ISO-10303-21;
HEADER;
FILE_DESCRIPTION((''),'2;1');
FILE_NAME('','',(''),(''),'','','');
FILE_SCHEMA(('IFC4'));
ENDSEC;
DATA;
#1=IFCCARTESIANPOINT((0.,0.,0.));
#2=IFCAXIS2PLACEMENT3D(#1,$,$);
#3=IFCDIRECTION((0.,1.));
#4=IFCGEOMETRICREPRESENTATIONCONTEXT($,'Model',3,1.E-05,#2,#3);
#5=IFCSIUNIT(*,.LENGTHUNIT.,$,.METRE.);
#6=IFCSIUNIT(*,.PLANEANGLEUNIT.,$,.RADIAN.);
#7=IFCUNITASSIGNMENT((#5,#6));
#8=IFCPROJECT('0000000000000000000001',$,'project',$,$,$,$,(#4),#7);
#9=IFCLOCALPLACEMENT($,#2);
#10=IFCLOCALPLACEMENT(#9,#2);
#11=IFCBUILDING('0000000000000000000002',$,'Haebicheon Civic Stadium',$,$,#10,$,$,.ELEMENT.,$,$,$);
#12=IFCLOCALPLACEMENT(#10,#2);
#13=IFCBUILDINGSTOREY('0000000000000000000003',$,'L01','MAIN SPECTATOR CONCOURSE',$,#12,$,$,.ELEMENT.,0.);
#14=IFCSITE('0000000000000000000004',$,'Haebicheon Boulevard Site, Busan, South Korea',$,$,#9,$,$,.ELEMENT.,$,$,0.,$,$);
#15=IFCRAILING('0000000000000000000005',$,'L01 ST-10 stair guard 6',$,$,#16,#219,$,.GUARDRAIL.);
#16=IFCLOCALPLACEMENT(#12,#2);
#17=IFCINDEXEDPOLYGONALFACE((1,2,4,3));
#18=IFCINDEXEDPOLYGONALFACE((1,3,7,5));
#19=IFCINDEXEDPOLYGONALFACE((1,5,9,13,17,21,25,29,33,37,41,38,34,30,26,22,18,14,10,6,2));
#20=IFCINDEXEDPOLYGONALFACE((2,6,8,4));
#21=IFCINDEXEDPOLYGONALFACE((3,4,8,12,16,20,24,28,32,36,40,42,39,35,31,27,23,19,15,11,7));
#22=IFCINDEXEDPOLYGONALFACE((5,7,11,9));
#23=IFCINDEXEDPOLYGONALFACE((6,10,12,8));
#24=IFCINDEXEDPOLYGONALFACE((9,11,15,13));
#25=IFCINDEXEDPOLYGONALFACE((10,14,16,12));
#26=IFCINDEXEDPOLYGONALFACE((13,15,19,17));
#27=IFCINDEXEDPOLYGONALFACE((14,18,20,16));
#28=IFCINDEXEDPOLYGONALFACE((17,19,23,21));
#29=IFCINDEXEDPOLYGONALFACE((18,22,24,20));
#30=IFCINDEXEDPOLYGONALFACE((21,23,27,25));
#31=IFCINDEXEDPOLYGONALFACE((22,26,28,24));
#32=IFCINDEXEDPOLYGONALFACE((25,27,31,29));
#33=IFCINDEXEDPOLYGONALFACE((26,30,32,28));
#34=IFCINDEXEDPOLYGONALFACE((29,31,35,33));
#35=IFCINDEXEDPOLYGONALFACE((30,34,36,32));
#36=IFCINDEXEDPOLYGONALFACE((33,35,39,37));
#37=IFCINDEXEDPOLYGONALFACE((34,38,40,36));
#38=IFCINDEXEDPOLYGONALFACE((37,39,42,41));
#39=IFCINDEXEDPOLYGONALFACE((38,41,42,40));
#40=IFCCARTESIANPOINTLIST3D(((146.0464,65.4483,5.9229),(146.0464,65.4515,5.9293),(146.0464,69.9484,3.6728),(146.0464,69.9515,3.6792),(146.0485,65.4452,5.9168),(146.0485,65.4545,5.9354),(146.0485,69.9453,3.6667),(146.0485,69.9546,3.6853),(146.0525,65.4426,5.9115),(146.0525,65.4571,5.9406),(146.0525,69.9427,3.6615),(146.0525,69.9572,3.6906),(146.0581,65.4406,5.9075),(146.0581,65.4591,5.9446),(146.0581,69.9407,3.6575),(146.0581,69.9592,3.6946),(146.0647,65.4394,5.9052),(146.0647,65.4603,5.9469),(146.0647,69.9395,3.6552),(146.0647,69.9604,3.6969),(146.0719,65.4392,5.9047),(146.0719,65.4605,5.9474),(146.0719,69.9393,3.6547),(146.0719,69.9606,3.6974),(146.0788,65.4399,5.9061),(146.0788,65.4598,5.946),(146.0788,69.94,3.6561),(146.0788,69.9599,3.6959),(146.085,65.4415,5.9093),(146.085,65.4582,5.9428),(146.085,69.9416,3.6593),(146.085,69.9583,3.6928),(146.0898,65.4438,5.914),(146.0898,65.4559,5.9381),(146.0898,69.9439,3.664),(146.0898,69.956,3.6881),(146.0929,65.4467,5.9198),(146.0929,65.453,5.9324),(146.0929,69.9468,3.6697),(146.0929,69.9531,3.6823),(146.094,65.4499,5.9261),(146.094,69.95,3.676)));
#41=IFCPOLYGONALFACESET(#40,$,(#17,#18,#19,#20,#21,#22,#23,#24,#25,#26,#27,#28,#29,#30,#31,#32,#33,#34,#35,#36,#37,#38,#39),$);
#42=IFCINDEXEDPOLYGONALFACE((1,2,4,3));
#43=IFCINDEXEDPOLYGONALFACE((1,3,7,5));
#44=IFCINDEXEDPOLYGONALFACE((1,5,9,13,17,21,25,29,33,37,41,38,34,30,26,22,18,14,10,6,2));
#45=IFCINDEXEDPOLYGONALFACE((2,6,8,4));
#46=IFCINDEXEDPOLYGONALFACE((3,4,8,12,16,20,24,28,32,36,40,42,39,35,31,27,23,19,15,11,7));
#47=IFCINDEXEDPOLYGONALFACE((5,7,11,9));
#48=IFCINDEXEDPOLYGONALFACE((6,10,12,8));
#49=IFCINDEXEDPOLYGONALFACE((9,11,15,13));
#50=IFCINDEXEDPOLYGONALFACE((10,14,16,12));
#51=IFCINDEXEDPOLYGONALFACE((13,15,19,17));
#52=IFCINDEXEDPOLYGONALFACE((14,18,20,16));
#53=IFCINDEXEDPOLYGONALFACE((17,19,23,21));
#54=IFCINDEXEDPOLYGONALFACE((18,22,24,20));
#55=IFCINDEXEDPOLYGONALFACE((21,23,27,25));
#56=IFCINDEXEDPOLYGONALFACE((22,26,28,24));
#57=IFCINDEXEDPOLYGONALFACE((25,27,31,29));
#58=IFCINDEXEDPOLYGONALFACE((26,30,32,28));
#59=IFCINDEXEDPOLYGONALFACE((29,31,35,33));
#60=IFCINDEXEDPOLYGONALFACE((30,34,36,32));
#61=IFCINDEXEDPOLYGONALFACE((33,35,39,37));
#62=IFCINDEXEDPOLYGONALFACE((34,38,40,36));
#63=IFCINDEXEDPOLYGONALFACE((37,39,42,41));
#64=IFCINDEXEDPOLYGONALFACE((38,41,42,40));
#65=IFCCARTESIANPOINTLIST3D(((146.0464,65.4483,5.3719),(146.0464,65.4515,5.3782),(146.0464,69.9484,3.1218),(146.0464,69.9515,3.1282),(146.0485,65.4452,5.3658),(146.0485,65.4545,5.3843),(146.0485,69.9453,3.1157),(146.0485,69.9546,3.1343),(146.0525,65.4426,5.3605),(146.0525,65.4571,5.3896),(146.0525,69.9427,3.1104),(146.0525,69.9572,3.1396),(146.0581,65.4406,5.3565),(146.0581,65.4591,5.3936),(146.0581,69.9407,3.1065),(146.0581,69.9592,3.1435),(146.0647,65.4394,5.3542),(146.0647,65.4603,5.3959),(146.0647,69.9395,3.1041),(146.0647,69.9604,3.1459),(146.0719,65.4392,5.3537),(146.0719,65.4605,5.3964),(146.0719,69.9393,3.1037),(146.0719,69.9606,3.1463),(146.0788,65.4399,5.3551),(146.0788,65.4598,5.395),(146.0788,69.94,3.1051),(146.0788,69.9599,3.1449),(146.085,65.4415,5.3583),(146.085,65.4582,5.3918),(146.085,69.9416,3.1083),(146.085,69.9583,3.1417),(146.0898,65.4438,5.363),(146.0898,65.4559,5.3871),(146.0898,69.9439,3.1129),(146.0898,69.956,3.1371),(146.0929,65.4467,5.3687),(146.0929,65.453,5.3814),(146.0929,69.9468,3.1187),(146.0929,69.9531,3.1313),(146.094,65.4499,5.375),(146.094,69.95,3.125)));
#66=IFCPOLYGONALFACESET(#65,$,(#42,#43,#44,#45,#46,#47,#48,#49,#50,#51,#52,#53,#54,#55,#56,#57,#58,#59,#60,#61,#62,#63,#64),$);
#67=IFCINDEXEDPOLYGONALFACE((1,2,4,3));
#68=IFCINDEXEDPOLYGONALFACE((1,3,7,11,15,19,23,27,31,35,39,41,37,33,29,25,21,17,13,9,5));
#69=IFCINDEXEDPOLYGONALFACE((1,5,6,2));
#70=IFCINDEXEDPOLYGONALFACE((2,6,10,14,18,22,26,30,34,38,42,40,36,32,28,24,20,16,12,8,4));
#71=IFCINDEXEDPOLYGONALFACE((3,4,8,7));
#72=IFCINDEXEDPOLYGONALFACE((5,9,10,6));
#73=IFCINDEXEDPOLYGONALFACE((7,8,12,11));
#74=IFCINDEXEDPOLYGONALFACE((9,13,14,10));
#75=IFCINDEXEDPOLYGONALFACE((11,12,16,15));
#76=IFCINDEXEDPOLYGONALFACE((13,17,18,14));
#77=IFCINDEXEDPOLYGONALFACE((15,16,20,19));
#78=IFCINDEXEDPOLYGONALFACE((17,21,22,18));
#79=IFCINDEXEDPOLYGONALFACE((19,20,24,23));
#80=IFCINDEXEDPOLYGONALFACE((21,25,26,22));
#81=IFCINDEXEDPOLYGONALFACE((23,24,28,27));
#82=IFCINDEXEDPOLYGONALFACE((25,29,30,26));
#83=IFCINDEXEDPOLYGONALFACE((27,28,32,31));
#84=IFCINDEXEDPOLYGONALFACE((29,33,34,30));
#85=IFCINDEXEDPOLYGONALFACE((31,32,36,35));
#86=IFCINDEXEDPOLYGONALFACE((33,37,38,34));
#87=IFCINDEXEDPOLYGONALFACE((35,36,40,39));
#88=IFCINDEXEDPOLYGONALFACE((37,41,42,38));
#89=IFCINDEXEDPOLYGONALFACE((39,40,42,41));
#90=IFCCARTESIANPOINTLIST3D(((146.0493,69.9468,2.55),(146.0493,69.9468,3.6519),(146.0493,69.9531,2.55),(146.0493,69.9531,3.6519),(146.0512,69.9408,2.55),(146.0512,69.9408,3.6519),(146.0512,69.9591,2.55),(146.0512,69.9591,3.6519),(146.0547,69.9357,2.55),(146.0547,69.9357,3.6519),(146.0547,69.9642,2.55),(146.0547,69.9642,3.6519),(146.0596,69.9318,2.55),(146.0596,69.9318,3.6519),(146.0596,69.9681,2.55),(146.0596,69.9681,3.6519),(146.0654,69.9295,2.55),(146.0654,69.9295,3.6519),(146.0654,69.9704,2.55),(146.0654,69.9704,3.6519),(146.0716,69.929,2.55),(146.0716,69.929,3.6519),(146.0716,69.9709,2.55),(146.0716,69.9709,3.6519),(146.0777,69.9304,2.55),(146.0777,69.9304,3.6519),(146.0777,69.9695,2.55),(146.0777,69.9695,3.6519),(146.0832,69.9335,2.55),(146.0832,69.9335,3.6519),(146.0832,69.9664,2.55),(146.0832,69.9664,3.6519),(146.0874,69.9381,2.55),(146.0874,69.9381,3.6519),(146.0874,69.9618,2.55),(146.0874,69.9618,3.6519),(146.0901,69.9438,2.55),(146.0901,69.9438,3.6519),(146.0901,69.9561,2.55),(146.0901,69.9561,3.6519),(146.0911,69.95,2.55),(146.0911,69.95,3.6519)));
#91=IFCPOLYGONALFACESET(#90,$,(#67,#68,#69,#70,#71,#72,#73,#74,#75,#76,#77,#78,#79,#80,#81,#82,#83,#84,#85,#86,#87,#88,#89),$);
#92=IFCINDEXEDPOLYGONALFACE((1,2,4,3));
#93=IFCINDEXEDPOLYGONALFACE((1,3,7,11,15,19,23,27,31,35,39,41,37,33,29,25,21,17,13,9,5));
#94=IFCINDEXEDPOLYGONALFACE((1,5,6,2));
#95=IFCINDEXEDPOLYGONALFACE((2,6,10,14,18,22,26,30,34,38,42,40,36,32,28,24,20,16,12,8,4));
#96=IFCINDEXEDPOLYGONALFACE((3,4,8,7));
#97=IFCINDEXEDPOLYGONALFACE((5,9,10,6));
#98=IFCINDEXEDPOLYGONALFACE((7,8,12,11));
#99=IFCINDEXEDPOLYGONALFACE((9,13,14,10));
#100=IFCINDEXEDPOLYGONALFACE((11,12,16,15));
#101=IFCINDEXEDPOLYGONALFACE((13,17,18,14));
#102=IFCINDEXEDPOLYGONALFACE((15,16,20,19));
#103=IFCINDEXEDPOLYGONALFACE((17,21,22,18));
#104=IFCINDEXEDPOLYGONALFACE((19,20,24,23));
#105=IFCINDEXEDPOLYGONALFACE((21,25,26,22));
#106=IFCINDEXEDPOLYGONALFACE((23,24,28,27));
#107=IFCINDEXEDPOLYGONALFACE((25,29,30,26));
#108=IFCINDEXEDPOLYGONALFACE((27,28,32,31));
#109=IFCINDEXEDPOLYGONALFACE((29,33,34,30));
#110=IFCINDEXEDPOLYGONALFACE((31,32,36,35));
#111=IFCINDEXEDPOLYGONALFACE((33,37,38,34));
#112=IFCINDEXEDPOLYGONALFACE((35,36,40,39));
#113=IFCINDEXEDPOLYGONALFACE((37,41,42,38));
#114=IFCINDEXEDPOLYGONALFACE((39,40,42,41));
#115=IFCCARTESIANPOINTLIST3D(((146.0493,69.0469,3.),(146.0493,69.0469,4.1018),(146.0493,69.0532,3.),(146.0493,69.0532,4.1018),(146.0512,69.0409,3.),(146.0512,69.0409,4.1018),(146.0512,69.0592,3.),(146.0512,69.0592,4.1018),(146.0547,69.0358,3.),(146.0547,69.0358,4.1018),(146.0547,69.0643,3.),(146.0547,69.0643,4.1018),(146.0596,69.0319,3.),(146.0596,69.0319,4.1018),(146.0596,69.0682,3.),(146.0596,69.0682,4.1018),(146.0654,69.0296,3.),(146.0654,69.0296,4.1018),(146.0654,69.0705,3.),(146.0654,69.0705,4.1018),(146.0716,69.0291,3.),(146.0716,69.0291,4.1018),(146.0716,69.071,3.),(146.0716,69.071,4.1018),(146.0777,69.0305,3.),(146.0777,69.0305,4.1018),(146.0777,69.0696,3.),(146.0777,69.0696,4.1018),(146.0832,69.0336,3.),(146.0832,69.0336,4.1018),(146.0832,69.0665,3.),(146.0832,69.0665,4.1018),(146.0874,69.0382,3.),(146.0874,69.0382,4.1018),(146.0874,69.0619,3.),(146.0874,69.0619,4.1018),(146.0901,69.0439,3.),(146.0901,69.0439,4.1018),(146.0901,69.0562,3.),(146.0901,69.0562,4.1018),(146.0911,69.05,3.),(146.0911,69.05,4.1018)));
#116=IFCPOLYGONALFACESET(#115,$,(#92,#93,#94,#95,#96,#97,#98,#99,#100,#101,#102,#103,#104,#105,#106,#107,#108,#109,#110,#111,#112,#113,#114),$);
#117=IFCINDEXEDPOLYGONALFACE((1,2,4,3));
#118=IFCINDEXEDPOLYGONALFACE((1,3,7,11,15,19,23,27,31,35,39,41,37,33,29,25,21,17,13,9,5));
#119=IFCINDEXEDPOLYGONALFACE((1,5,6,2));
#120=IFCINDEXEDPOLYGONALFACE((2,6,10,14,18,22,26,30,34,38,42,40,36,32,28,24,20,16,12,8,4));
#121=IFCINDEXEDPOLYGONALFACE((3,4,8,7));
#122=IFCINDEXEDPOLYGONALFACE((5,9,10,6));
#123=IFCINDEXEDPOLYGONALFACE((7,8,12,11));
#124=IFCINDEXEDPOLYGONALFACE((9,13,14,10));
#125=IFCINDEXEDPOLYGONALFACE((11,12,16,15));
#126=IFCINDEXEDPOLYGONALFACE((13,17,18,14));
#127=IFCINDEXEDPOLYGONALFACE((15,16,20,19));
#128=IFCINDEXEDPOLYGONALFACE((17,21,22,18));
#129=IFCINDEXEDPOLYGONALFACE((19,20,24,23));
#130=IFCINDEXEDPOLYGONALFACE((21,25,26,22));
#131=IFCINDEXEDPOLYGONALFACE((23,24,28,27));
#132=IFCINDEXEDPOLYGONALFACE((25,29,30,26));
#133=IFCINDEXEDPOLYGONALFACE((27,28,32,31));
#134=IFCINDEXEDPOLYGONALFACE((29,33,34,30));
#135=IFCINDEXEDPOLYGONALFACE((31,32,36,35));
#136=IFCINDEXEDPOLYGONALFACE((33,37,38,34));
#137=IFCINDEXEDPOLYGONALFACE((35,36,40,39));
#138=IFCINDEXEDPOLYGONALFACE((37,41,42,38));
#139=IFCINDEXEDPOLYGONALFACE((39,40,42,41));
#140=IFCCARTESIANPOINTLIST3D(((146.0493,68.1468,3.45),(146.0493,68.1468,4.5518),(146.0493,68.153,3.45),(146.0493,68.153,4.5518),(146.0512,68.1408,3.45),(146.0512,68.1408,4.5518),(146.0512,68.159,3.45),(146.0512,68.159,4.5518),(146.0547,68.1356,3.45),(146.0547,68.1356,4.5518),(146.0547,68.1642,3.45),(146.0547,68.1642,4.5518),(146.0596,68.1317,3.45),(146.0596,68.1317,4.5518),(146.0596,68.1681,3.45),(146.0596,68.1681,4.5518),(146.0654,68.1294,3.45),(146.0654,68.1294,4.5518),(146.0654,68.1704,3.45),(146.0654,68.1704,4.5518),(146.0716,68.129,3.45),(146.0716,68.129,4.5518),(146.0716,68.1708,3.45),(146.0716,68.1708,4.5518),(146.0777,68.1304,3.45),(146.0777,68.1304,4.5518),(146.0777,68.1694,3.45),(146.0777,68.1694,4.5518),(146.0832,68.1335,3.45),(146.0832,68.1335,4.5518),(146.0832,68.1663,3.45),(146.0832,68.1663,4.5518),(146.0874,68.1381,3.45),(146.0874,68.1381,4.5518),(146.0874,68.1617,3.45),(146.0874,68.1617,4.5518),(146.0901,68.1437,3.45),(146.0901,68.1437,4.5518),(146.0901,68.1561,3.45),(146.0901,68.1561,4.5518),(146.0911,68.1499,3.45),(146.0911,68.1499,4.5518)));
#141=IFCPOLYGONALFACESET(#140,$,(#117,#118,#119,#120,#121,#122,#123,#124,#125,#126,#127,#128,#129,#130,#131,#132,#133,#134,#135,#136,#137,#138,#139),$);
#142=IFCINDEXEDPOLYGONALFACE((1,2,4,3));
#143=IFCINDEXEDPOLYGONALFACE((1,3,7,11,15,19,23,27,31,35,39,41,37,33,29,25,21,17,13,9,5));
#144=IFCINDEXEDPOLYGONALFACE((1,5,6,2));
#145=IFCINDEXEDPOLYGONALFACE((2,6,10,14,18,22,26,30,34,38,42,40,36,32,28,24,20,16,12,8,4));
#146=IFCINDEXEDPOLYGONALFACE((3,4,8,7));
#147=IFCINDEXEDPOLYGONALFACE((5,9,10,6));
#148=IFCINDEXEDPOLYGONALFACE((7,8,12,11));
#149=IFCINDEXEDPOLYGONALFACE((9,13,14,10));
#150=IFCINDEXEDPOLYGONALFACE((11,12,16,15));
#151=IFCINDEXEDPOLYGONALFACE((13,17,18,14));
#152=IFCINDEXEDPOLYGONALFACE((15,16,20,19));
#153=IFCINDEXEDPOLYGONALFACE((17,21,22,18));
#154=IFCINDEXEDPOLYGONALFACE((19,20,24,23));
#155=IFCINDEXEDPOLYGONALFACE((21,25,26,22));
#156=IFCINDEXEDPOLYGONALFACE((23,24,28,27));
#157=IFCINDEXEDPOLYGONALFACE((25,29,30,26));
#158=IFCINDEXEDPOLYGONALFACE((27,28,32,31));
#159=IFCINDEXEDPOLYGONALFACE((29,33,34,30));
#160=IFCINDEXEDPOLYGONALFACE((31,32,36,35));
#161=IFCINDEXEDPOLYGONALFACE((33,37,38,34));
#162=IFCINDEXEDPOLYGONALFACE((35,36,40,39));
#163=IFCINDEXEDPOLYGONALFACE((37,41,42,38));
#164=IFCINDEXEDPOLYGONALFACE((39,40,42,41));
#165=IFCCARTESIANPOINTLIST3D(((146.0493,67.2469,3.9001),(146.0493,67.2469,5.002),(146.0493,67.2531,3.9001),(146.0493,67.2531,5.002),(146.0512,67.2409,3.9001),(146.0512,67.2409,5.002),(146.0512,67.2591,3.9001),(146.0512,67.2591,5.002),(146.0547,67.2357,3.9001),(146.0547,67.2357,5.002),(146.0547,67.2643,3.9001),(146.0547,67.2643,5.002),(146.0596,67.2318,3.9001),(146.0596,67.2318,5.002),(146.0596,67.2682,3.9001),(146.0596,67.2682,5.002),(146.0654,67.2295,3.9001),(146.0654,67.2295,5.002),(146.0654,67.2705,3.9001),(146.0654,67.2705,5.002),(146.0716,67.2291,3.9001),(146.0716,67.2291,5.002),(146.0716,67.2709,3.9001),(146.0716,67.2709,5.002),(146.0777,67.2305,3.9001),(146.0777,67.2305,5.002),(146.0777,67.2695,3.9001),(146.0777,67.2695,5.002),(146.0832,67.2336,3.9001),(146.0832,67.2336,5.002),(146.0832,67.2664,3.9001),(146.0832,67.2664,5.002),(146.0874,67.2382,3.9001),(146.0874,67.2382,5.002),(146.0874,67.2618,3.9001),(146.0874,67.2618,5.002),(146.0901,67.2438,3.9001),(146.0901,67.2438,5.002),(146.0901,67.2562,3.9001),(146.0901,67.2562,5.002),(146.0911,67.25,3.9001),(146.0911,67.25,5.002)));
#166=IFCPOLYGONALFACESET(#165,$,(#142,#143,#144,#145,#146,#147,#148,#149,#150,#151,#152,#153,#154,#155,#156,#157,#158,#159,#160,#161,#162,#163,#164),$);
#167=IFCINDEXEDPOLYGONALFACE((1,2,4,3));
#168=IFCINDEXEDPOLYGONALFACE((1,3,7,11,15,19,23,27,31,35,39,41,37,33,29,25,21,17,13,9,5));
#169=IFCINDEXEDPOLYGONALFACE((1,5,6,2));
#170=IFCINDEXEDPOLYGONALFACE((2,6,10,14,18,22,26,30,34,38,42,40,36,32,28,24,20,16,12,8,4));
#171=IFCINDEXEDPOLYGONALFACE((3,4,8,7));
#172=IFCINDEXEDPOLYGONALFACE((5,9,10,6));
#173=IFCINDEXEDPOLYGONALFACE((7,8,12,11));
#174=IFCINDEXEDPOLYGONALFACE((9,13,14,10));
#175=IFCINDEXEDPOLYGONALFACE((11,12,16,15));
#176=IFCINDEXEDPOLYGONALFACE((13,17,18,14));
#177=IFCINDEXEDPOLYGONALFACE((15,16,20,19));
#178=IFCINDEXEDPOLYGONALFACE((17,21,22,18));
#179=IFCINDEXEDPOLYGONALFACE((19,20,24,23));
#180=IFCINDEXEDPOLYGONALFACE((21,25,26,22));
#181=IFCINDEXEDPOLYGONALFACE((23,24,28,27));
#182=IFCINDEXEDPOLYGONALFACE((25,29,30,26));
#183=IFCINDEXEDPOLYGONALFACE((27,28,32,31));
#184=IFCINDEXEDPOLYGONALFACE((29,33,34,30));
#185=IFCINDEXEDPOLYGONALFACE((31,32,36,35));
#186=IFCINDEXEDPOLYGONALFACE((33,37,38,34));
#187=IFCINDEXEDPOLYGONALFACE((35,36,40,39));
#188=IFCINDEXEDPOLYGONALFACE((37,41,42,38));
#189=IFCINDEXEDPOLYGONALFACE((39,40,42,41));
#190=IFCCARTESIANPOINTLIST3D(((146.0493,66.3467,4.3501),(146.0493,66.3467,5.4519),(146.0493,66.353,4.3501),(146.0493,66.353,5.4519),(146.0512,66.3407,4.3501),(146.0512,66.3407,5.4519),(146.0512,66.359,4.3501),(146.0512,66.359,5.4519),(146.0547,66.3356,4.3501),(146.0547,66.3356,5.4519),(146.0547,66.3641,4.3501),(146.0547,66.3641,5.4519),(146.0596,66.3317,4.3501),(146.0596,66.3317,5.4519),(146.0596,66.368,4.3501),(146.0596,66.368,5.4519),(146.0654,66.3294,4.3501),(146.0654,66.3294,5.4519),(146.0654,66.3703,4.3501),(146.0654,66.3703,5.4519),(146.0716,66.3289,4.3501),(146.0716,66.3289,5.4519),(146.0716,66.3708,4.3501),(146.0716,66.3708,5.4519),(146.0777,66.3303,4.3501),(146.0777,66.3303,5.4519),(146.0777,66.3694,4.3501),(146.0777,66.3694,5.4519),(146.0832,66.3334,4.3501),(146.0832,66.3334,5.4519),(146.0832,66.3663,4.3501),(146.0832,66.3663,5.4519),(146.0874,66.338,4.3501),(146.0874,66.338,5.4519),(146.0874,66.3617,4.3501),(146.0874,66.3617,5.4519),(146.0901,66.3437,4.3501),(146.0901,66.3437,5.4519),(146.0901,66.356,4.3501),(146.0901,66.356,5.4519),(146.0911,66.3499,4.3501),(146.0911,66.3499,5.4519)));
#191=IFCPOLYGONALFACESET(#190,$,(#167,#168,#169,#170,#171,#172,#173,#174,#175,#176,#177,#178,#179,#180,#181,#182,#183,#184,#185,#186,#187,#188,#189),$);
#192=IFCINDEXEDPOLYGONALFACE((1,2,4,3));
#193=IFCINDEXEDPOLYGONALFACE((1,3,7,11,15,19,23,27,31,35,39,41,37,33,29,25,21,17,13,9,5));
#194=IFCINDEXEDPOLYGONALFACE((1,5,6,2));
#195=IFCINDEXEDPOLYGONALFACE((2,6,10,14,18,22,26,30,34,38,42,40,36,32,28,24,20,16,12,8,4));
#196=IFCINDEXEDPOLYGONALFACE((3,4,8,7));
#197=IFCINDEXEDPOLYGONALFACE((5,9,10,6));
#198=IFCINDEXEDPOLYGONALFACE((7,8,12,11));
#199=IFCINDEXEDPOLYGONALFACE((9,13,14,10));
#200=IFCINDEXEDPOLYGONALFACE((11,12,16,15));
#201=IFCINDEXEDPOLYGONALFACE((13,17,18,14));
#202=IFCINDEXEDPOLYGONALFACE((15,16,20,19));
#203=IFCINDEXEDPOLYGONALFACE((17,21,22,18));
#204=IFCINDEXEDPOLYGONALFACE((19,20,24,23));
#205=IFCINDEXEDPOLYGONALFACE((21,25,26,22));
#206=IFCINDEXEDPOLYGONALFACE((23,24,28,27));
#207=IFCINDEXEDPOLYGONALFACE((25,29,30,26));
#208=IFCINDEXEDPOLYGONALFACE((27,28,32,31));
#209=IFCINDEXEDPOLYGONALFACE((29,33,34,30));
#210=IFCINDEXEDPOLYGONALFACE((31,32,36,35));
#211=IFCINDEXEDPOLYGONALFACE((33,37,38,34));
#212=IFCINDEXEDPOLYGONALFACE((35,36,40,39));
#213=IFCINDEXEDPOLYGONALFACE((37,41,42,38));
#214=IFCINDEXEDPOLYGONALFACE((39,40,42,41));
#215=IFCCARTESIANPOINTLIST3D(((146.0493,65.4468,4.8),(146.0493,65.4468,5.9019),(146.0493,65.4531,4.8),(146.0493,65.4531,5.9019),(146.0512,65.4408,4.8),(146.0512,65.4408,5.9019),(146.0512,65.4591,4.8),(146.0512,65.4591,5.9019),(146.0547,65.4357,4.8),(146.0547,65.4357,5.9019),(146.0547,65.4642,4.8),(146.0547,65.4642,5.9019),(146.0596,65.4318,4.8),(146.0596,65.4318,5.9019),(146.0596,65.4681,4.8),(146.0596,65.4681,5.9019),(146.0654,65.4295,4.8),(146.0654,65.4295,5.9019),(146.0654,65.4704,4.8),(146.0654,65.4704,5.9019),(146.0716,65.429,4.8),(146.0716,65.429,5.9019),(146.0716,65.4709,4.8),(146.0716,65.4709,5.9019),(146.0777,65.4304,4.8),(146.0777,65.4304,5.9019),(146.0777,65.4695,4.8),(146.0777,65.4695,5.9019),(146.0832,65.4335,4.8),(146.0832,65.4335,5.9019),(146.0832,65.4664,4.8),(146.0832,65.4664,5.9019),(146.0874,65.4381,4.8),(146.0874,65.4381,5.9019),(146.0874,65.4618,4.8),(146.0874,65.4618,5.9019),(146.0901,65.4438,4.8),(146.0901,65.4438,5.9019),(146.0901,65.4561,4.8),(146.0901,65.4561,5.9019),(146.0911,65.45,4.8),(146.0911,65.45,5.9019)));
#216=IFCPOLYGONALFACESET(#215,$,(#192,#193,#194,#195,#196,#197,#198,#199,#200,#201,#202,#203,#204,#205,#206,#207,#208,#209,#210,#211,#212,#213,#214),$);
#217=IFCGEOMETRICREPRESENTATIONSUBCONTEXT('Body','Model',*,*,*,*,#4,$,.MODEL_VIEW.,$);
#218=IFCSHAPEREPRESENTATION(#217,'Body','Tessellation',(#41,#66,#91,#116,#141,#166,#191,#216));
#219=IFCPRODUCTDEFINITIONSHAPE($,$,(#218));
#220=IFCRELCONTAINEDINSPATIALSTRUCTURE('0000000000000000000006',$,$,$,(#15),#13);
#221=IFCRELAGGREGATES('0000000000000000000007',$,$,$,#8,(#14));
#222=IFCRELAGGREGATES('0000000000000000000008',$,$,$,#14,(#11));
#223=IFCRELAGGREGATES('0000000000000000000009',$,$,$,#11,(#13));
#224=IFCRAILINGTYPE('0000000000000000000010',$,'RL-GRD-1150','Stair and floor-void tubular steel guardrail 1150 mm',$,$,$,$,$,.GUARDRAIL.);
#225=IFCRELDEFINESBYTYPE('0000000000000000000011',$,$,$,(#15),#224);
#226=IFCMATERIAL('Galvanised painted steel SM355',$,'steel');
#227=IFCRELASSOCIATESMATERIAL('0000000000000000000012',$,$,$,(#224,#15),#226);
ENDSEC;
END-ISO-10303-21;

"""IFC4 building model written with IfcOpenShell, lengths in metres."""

from ifc_helpers import new_model, si_unit, direction, frame, origin, origin_2d, place, context, subcontext, project, spatial, circle, extrude, material, type_object, element, save


model = new_model("IFC4")

# Units and contexts
model_context = context("Model", 3, precision=1e-05, world=origin(), true_north=direction((0.0, 1.0)))
body_context = subcontext(model_context, "Body", "Model", "MODEL_VIEW")
ifc_project = project(units=[si_unit("LENGTHUNIT", "METRE"), si_unit("PLANEANGLEUNIT", "RADIAN")], contexts=[model_context])

# Site, building, storey
site_placement = place(None, origin())
site = spatial("IfcSite", under=ifc_project, at=site_placement, Name="Haebicheon Boulevard Site, Busan, South Korea", CompositionType="ELEMENT", RefElevation=0.0)
building_placement = place(site_placement, origin())
building = spatial("IfcBuilding", under=site, at=building_placement, Name="Haebicheon Civic Stadium", CompositionType="ELEMENT")
storey_placement = place(building_placement, origin())
storey = spatial("IfcBuildingStorey", under=building, at=storey_placement, Name="L01", Description="MAIN SPECTATOR CONCOURSE", CompositionType="ELEMENT", Elevation=0.0)

# Railing
ifc_material_1 = material(Name="Galvanised painted steel SM355", Category="steel")
railing_type_1 = type_object("IfcRailingType", Name="RL-GRD-1150", Description="Stair and floor-void tubular steel guardrail 1150 mm", PredefinedType="GUARDRAIL", material=ifc_material_1)
railing_1_placement = place(storey_placement, frame((146.0701, 69.95, 2.55)))
element("IfcRailing", 1, at=railing_1_placement, inside=storey, type_object=railing_type_1, material=ifc_material_1, Name="L01 ST-10 stair guard 6", PredefinedType="GUARDRAIL", context=body_context, shape_type="SweptSolid", body=[
    extrude(circle(Radius=0.0239, at=origin_2d()), frame((0.0, 0.0, 1.126), z_axis=(0.0, -0.894427, 0.447214), x_axis=(1.0, 0.0, 0.0)), (0.0, 0.0, 1.0), 5.0312),
    extrude(circle(Radius=0.0239, at=origin_2d()), frame((0.0, 0.0, 0.575), z_axis=(0.0, -0.894427, 0.447214), x_axis=(1.0, 0.0, 0.0)), (0.0, 0.0, 1.0), 5.0312),
    extrude(circle(Radius=0.021, at=origin_2d()), origin(), (0.0, 0.0, 1.0), 1.1018),
    extrude(circle(Radius=0.021, at=origin_2d()), frame((0.0, -0.8999, 0.45)), (0.0, 0.0, 1.0), 1.1018),
    extrude(circle(Radius=0.021, at=origin_2d()), frame((0.0, -1.8, 0.8999)), (0.0, 0.0, 1.0), 1.1018),
    extrude(circle(Radius=0.021, at=origin_2d()), frame((0.0, -2.7, 1.3501)), (0.0, 0.0, 1.0), 1.1018),
    extrude(circle(Radius=0.021, at=origin_2d()), frame((0.0, -3.6001, 1.8)), (0.0, 0.0, 1.0), 1.1018),
    extrude(circle(Radius=0.021, at=origin_2d()), frame((0.0, -4.5, 2.25)), (0.0, 0.0, 1.0), 1.1018),
])

save(model, "model.ifc")
